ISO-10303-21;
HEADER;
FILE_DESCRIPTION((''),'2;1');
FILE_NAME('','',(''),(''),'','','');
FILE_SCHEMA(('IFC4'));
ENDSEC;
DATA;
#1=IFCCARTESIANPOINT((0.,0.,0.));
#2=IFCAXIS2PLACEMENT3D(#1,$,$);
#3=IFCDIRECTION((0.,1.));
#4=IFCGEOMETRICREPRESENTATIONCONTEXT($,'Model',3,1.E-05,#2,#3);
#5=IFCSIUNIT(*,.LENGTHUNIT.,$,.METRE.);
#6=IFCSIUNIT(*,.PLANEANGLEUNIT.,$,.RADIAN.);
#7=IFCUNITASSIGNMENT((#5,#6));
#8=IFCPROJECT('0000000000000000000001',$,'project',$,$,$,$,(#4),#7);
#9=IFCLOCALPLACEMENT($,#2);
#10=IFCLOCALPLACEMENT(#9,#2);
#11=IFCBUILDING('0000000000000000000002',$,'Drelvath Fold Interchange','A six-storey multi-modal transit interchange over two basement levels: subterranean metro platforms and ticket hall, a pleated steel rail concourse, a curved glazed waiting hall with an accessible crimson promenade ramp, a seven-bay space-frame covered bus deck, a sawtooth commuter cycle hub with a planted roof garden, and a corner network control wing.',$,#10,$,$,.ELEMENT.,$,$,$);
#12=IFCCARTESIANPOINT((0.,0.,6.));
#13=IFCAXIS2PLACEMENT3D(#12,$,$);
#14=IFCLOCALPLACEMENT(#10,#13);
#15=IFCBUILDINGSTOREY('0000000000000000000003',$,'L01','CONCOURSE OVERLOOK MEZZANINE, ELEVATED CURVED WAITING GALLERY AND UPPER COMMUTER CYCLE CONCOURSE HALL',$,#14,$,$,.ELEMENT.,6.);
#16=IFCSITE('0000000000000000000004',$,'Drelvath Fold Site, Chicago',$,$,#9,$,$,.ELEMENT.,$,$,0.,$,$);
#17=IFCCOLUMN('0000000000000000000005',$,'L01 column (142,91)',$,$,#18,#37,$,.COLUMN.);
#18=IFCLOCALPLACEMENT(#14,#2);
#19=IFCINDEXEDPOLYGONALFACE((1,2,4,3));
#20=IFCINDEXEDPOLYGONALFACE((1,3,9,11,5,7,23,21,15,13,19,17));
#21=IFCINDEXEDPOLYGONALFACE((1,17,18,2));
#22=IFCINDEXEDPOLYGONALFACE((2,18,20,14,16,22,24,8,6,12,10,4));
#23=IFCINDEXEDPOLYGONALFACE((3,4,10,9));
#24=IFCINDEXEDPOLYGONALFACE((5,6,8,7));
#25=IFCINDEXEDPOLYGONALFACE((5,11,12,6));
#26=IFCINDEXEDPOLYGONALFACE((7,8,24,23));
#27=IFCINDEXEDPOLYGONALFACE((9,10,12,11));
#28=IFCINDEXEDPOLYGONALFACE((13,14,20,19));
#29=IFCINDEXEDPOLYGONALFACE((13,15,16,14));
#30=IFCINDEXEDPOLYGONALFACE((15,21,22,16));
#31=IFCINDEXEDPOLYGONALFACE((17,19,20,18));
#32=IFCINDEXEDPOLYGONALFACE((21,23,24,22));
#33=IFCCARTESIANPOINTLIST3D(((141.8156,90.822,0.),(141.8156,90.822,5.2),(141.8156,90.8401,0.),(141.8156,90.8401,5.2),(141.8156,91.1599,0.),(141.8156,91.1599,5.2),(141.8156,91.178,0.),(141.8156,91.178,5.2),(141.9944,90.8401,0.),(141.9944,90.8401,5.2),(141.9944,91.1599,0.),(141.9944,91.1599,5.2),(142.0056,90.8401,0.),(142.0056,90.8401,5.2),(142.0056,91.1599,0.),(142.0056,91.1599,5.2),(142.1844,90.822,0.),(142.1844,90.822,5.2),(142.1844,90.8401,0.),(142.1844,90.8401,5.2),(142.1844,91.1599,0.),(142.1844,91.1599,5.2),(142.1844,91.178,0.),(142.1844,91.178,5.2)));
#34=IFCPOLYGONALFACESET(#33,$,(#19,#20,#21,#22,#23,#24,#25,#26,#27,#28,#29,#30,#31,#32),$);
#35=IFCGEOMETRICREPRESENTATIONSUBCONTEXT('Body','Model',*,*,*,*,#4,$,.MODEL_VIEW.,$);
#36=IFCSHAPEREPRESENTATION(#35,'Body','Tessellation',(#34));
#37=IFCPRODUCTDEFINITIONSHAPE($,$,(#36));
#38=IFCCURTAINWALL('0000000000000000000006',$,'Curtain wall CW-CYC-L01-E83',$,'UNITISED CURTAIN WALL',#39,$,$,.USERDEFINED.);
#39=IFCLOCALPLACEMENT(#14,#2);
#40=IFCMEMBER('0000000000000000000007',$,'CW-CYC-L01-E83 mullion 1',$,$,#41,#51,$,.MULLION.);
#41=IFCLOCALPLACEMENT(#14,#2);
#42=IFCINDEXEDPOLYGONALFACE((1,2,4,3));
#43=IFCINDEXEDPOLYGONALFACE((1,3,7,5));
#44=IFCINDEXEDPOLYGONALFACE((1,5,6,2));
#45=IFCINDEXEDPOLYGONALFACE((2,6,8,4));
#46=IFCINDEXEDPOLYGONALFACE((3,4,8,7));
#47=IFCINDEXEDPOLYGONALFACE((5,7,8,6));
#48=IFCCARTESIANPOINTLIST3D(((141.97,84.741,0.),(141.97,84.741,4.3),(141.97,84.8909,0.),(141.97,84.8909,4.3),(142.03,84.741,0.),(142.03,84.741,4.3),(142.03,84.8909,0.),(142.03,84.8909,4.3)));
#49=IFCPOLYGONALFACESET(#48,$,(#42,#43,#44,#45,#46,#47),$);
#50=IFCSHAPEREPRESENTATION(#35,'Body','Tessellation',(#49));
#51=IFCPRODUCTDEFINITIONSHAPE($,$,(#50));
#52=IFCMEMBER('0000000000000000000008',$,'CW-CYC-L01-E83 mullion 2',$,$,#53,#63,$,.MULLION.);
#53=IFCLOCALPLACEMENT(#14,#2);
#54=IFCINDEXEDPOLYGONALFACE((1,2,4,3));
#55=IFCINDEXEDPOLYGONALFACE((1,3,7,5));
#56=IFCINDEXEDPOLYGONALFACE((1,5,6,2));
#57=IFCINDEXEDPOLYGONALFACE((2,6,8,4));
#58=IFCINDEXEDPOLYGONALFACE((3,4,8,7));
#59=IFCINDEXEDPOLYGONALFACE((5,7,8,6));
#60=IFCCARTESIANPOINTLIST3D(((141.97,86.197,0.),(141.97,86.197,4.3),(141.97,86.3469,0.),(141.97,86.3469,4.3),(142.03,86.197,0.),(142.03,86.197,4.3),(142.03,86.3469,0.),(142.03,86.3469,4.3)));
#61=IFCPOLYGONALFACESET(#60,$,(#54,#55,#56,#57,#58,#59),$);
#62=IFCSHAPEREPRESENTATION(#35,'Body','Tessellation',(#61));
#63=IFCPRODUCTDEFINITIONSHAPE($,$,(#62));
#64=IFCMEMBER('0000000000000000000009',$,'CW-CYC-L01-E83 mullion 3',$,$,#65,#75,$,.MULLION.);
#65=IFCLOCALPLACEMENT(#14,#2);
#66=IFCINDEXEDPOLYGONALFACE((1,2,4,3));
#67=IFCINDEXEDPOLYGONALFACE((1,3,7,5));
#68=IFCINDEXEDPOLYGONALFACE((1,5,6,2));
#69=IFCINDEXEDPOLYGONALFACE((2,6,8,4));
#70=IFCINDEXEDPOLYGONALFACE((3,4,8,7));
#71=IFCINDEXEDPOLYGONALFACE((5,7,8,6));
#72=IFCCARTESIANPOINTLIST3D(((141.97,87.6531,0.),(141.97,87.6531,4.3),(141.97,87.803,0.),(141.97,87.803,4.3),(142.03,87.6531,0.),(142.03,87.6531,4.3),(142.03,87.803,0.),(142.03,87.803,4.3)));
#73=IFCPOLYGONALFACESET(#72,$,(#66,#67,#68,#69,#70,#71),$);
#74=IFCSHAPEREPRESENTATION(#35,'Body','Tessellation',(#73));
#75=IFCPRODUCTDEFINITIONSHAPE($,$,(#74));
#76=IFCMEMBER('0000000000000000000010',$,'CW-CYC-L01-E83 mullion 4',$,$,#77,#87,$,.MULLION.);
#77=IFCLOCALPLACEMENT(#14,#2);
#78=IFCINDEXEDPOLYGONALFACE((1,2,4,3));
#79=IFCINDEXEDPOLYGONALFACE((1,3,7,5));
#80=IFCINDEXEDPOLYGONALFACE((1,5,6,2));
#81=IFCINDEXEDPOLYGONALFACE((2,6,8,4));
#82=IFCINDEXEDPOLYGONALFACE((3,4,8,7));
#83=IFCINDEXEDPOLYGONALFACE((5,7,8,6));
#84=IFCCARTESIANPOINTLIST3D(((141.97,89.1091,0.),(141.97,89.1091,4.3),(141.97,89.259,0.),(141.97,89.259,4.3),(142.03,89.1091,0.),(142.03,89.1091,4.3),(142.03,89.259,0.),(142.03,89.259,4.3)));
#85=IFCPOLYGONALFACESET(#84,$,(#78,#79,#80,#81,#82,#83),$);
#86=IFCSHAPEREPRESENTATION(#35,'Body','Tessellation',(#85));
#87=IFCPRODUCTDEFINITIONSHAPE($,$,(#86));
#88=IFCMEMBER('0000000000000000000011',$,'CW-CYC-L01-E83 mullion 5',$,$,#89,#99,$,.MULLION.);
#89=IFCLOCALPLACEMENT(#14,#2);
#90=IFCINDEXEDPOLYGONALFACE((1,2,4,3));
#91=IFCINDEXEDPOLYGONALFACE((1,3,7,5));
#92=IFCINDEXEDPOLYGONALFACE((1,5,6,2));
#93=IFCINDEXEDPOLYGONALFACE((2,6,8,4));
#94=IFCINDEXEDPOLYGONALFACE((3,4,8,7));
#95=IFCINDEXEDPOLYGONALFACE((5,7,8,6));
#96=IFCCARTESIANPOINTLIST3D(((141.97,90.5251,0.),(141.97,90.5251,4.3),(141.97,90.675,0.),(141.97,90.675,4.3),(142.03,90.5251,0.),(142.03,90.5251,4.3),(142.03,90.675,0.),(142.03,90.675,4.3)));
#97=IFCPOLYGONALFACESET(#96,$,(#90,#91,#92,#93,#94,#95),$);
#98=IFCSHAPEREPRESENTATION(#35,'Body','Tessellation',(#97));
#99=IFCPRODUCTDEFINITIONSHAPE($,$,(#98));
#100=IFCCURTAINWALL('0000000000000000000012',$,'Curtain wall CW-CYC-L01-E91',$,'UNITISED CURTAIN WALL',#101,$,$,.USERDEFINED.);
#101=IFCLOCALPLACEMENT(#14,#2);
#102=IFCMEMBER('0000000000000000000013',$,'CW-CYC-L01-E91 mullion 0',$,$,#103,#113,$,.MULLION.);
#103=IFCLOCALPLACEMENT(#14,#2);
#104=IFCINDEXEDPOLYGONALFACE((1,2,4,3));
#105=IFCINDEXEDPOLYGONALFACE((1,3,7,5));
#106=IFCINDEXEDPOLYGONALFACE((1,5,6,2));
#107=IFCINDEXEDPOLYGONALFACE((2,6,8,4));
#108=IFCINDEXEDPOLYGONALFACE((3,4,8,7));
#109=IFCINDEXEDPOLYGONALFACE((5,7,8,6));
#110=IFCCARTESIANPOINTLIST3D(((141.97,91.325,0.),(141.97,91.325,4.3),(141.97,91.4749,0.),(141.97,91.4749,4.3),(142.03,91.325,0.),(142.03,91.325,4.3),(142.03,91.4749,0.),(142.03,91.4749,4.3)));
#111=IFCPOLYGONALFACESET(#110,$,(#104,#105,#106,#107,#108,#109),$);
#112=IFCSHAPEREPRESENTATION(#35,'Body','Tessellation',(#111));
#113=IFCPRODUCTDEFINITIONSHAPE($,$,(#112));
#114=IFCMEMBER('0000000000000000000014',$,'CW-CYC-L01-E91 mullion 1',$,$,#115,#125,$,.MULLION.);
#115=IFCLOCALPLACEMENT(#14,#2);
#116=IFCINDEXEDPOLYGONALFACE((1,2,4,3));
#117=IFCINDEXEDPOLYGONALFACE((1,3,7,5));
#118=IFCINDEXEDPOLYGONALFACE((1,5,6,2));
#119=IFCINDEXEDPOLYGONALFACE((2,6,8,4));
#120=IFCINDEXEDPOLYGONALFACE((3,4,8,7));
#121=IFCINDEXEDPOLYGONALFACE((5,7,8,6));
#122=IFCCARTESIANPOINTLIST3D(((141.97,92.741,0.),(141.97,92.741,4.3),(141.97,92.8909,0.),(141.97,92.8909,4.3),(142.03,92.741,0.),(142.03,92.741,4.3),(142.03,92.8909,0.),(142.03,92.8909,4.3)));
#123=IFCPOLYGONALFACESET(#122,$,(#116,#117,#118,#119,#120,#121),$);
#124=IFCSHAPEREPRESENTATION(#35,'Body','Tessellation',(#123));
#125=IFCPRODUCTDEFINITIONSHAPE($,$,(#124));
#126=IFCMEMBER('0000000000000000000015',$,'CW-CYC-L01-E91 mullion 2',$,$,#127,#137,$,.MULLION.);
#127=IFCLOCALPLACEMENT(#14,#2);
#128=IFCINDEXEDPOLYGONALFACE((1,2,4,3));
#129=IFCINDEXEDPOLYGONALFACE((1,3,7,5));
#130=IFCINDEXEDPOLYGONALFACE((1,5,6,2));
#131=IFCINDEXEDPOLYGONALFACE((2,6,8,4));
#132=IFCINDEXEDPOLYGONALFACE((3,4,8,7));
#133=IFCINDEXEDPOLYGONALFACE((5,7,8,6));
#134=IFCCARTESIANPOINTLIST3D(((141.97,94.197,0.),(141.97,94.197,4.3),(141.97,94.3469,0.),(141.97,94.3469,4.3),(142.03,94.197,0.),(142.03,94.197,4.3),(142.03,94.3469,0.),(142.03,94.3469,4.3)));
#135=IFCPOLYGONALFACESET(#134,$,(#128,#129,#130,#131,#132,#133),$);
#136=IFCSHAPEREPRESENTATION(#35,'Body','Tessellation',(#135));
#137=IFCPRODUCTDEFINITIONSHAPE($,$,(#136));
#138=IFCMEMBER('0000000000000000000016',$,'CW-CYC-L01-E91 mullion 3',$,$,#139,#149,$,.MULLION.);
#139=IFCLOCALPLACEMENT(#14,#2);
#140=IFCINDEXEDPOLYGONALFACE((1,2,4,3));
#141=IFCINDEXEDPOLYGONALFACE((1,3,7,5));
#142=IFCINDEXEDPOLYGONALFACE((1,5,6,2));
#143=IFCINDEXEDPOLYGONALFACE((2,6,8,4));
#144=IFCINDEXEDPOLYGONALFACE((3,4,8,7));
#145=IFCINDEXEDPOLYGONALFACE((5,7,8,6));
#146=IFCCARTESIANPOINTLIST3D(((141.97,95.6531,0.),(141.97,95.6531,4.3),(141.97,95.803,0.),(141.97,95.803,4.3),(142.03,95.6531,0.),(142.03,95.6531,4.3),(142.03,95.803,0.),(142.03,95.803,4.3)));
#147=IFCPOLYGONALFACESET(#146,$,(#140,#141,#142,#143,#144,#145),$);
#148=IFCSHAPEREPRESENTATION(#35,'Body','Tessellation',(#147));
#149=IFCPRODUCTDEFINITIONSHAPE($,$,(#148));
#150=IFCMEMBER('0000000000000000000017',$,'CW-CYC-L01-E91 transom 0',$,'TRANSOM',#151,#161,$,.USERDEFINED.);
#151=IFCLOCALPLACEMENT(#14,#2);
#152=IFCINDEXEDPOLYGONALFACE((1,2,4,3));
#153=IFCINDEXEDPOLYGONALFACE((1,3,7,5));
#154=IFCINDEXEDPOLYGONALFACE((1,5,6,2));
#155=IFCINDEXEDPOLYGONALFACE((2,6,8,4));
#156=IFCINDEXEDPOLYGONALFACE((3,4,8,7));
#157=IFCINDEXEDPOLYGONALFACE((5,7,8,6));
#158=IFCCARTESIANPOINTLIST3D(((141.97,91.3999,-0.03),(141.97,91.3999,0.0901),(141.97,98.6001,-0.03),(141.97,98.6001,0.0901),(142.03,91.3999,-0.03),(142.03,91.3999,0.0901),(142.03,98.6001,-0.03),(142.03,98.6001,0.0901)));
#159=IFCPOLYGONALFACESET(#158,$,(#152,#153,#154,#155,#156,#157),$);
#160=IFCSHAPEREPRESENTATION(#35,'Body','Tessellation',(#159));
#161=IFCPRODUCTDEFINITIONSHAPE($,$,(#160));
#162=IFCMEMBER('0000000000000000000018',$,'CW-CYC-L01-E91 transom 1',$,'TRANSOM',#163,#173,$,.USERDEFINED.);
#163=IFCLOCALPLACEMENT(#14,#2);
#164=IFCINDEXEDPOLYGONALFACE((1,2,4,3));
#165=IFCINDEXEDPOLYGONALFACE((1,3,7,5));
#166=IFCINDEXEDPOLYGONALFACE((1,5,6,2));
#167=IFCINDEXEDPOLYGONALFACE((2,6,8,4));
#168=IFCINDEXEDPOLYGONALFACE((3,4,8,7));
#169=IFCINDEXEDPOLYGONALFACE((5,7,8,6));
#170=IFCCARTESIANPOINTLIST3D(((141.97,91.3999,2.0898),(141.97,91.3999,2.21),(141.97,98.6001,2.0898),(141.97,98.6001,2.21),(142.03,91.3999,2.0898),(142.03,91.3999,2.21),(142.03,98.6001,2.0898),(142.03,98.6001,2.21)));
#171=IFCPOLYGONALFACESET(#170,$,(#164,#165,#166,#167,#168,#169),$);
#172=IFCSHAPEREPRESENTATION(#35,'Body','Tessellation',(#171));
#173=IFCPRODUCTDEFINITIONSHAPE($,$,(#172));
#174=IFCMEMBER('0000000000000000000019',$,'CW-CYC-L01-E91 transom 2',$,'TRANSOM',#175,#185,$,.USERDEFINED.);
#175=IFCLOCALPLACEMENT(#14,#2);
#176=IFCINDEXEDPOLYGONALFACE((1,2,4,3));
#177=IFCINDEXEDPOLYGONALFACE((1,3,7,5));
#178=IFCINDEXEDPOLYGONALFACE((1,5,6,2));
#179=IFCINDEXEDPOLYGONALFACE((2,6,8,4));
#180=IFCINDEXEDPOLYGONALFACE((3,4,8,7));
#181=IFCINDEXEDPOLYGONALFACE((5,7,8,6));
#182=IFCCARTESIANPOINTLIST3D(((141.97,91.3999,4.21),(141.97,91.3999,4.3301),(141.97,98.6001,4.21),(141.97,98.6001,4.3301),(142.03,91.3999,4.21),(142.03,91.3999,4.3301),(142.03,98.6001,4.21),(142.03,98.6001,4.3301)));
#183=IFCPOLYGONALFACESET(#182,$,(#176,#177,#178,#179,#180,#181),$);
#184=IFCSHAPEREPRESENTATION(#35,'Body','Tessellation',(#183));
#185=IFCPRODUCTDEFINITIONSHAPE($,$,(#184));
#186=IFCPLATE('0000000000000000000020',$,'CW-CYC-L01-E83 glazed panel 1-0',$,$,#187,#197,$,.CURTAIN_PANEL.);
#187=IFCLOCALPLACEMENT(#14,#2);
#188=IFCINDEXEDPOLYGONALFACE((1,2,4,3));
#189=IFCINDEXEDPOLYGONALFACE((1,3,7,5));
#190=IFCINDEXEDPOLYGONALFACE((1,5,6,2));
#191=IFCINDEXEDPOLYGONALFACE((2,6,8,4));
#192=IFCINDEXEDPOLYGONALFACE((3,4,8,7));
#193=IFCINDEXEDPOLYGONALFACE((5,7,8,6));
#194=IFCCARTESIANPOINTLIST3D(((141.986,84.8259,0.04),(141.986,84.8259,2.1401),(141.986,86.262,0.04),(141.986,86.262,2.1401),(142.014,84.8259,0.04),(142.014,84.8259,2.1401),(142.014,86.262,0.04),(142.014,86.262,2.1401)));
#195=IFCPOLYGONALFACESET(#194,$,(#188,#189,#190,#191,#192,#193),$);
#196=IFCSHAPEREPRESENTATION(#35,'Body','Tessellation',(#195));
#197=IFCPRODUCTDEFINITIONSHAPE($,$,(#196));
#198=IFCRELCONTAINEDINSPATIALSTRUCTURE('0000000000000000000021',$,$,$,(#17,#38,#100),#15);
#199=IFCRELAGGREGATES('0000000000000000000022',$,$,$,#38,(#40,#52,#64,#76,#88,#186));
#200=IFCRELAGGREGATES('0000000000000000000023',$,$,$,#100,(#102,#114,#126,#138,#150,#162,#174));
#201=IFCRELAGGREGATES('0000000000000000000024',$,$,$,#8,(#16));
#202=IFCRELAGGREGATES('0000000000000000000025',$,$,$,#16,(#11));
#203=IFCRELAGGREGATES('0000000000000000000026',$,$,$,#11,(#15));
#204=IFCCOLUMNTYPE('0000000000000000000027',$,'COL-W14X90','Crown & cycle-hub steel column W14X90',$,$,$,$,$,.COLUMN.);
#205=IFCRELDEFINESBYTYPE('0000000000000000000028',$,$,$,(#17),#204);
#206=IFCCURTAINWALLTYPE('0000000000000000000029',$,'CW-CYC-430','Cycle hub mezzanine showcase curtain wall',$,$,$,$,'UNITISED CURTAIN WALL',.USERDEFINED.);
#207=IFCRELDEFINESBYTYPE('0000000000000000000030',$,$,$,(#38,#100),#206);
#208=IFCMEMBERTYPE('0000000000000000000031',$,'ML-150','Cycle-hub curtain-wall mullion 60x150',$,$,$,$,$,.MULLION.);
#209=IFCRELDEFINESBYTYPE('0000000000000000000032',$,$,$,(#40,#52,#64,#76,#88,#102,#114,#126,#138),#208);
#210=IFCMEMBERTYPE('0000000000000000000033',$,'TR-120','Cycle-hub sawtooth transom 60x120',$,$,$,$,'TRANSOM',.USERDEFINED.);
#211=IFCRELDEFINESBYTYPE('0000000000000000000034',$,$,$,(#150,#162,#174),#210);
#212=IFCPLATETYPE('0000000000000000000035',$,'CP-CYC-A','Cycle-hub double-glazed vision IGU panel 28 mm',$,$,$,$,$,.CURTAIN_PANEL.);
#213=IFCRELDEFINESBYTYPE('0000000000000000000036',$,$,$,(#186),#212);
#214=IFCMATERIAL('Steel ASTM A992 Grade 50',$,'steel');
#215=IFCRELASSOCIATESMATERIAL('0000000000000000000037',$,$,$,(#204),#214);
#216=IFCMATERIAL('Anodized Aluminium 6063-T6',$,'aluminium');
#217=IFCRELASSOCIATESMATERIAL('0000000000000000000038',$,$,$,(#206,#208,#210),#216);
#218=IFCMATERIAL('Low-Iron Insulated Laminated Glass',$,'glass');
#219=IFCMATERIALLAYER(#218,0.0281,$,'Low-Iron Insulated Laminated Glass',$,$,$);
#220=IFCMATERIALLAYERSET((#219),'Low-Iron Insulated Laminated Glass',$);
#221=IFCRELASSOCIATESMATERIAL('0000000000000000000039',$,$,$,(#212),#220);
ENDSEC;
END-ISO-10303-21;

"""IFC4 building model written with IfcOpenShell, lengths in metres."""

from ifc_helpers import new_model, si_unit, direction, frame, origin, origin_2d, place, context, subcontext, project, spatial, rectangle, i_section, extrude, material, layer, layer_set, material_profile, profile_set, type_object, element, aggregate, save


model = new_model("IFC4")

# Units and contexts
model_context = context("Model", 3, precision=1e-05, world=origin(), true_north=direction((0.0, 1.0)))
body_context = subcontext(model_context, "Body", "Model", "MODEL_VIEW")
ifc_project = project(units=[si_unit("LENGTHUNIT", "METRE"), si_unit("PLANEANGLEUNIT", "RADIAN")], contexts=[model_context])

# Site, building, storey
site_placement = place(None, origin())
site = spatial("IfcSite", under=ifc_project, at=site_placement, Name="Drelvath Fold Site, Chicago", CompositionType="ELEMENT", RefElevation=0.0)
building_placement = place(site_placement, origin())
building = spatial("IfcBuilding", under=site, at=building_placement, Name="Drelvath Fold Interchange", Description="A six-storey multi-modal transit interchange over two basement levels: subterranean metro platforms and ticket hall, a pleated steel rail concourse, a curved glazed waiting hall with an accessible crimson promenade ramp, a seven-bay space-frame covered bus deck, a sawtooth commuter cycle hub with a planted roof garden, and a corner network control wing.", CompositionType="ELEMENT")
storey_placement = place(building_placement, frame((0.0, 0.0, 6.0)))
storey = spatial("IfcBuildingStorey", under=building, at=storey_placement, Name="L01", Description="CONCOURSE OVERLOOK MEZZANINE, ELEVATED CURVED WAITING GALLERY AND UPPER COMMUTER CYCLE CONCOURSE HALL", CompositionType="ELEMENT", Elevation=6.0)

# Column
ifc_material_1 = material(Name="Steel ASTM A992 Grade 50", Category="steel")
ifc_material_profile_1 = material_profile(ifc_material_1, i_section(OverallWidth=0.3689, OverallDepth=0.356, WebThickness=0.0112, FlangeThickness=0.0181, at=origin_2d()), Name="W14X90")
ifc_profile_set_1 = profile_set([ifc_material_profile_1], Name="Steel ASTM A992 Grade 50")
column_type = type_object("IfcColumnType", Name="COL-W14X90", Description="Crown & cycle-hub steel column W14X90", PredefinedType="COLUMN", material=ifc_profile_set_1)
column_placement = place(storey_placement, frame((142.0, 91.0, 0.0), z_axis=(0.0, 0.0, 1.0), x_axis=(1.0, 0.0, 0.0)))
element("IfcColumn", 1, at=column_placement, inside=storey, type_object=column_type, Name="L01 column (142,91)", PredefinedType="COLUMN", context=body_context, shape_type="SweptSolid", body=[
    extrude(i_section(OverallWidth=0.3689, OverallDepth=0.356, WebThickness=0.0112, FlangeThickness=0.0181, at=origin_2d()), origin(), (0.0, 0.0, 1.0), 5.2),
])

# Curtain walls, members
ifc_material_2 = material(Name="Anodized Aluminium 6063-T6", Category="aluminium")
curtain_wall_type = type_object("IfcCurtainWallType", Name="CW-CYC-430", Description="Cycle hub mezzanine showcase curtain wall", ElementType="UNITISED CURTAIN WALL", PredefinedType="USERDEFINED", material=ifc_material_2)
curtain_wall_1_placement = place(storey_placement, origin())
curtain_wall_1 = element("IfcCurtainWall", 2, at=curtain_wall_1_placement, inside=storey, type_object=curtain_wall_type, Name="Curtain wall CW-CYC-L01-E83", ObjectType="UNITISED CURTAIN WALL", PredefinedType="USERDEFINED")
ifc_material_profile_2 = material_profile(ifc_material_2, rectangle(XDim=0.0601, YDim=0.1499, at=origin_2d()), Name="AL-M 60x150")
ifc_profile_set_2 = profile_set([ifc_material_profile_2], Name="Anodized Aluminium 6063-T6")
member_type_1 = type_object("IfcMemberType", Name="ML-150", Description="Cycle-hub curtain-wall mullion 60x150", PredefinedType="MULLION", material=ifc_profile_set_2)
member_1_placement = place(storey_placement, frame((142.0, 84.8159, 0.0), z_axis=(0.0, 0.0, 1.0), x_axis=(1.0, 0.0, 0.0)))
member_1 = element("IfcMember", 3, at=member_1_placement, type_object=member_type_1, Name="CW-CYC-L01-E83 mullion 1", PredefinedType="MULLION", context=body_context, shape_type="SweptSolid", body=[
    extrude(rectangle(XDim=0.0601, YDim=0.1499, at=origin_2d()), origin(), (0.0, 0.0, 1.0), 4.3),
])
member_2_placement = place(storey_placement, frame((142.0, 86.272, 0.0), z_axis=(0.0, 0.0, 1.0), x_axis=(1.0, 0.0, 0.0)))
member_2 = element("IfcMember", 4, at=member_2_placement, type_object=member_type_1, Name="CW-CYC-L01-E83 mullion 2", PredefinedType="MULLION", context=body_context, shape_type="SweptSolid", body=[
    extrude(rectangle(XDim=0.0601, YDim=0.1499, at=origin_2d()), origin(), (0.0, 0.0, 1.0), 4.3),
])
member_3_placement = place(storey_placement, frame((142.0, 87.728, 0.0), z_axis=(0.0, 0.0, 1.0), x_axis=(1.0, 0.0, 0.0)))
member_3 = element("IfcMember", 5, at=member_3_placement, type_object=member_type_1, Name="CW-CYC-L01-E83 mullion 3", PredefinedType="MULLION", context=body_context, shape_type="SweptSolid", body=[
    extrude(rectangle(XDim=0.0601, YDim=0.1499, at=origin_2d()), origin(), (0.0, 0.0, 1.0), 4.3),
])
member_4_placement = place(storey_placement, frame((142.0, 89.1841, 0.0), z_axis=(0.0, 0.0, 1.0), x_axis=(1.0, 0.0, 0.0)))
member_4 = element("IfcMember", 6, at=member_4_placement, type_object=member_type_1, Name="CW-CYC-L01-E83 mullion 4", PredefinedType="MULLION", context=body_context, shape_type="SweptSolid", body=[
    extrude(rectangle(XDim=0.0601, YDim=0.1499, at=origin_2d()), origin(), (0.0, 0.0, 1.0), 4.3),
])
member_5_placement = place(storey_placement, frame((142.0, 90.6001, 0.0), z_axis=(0.0, 0.0, 1.0), x_axis=(1.0, 0.0, 0.0)))
member_5 = element("IfcMember", 7, at=member_5_placement, type_object=member_type_1, Name="CW-CYC-L01-E83 mullion 5", PredefinedType="MULLION", context=body_context, shape_type="SweptSolid", body=[
    extrude(rectangle(XDim=0.0601, YDim=0.1499, at=origin_2d()), origin(), (0.0, 0.0, 1.0), 4.3),
])
curtain_wall_2_placement = place(storey_placement, origin())
curtain_wall_2 = element("IfcCurtainWall", 8, at=curtain_wall_2_placement, inside=storey, type_object=curtain_wall_type, Name="Curtain wall CW-CYC-L01-E91", ObjectType="UNITISED CURTAIN WALL", PredefinedType="USERDEFINED")
member_6_placement = place(storey_placement, frame((142.0, 91.3999, 0.0), z_axis=(0.0, 0.0, 1.0), x_axis=(1.0, 0.0, 0.0)))
member_6 = element("IfcMember", 9, at=member_6_placement, type_object=member_type_1, Name="CW-CYC-L01-E91 mullion 0", PredefinedType="MULLION", context=body_context, shape_type="SweptSolid", body=[
    extrude(rectangle(XDim=0.0601, YDim=0.1499, at=origin_2d()), origin(), (0.0, 0.0, 1.0), 4.3),
])
member_7_placement = place(storey_placement, frame((142.0, 92.8159, 0.0), z_axis=(0.0, 0.0, 1.0), x_axis=(1.0, 0.0, 0.0)))
member_7 = element("IfcMember", 10, at=member_7_placement, type_object=member_type_1, Name="CW-CYC-L01-E91 mullion 1", PredefinedType="MULLION", context=body_context, shape_type="SweptSolid", body=[
    extrude(rectangle(XDim=0.0601, YDim=0.1499, at=origin_2d()), origin(), (0.0, 0.0, 1.0), 4.3),
])
member_8_placement = place(storey_placement, frame((142.0, 94.272, 0.0), z_axis=(0.0, 0.0, 1.0), x_axis=(1.0, 0.0, 0.0)))
member_8 = element("IfcMember", 11, at=member_8_placement, type_object=member_type_1, Name="CW-CYC-L01-E91 mullion 2", PredefinedType="MULLION", context=body_context, shape_type="SweptSolid", body=[
    extrude(rectangle(XDim=0.0601, YDim=0.1499, at=origin_2d()), origin(), (0.0, 0.0, 1.0), 4.3),
])
member_9_placement = place(storey_placement, frame((142.0, 95.728, 0.0), z_axis=(0.0, 0.0, 1.0), x_axis=(1.0, 0.0, 0.0)))
member_9 = element("IfcMember", 12, at=member_9_placement, type_object=member_type_1, Name="CW-CYC-L01-E91 mullion 3", PredefinedType="MULLION", context=body_context, shape_type="SweptSolid", body=[
    extrude(rectangle(XDim=0.0601, YDim=0.1499, at=origin_2d()), origin(), (0.0, 0.0, 1.0), 4.3),
])
ifc_material_profile_3 = material_profile(ifc_material_2, rectangle(XDim=0.0601, YDim=0.1201, at=origin_2d()), Name="AL-T 60x120")
ifc_profile_set_3 = profile_set([ifc_material_profile_3], Name="Anodized Aluminium 6063-T6")
member_type_2 = type_object("IfcMemberType", Name="TR-120", Description="Cycle-hub sawtooth transom 60x120", ElementType="TRANSOM", PredefinedType="USERDEFINED", material=ifc_profile_set_3)
member_10_placement = place(storey_placement, frame((142.0, 91.3999, 0.03), z_axis=(0.0, 1.0, 0.0), x_axis=(-1.0, 0.0, 0.0)))
member_10 = element("IfcMember", 13, at=member_10_placement, type_object=member_type_2, Name="CW-CYC-L01-E91 transom 0", ObjectType="TRANSOM", PredefinedType="USERDEFINED", context=body_context, shape_type="SweptSolid", body=[
    extrude(rectangle(XDim=0.0601, YDim=0.1201, at=origin_2d()), origin(), (0.0, 0.0, 1.0), 7.2002),
])
member_11_placement = place(storey_placement, frame((142.0, 91.3999, 2.1499), z_axis=(0.0, 1.0, 0.0), x_axis=(-1.0, 0.0, 0.0)))
member_11 = element("IfcMember", 14, at=member_11_placement, type_object=member_type_2, Name="CW-CYC-L01-E91 transom 1", ObjectType="TRANSOM", PredefinedType="USERDEFINED", context=body_context, shape_type="SweptSolid", body=[
    extrude(rectangle(XDim=0.0601, YDim=0.1201, at=origin_2d()), origin(), (0.0, 0.0, 1.0), 7.2002),
])
member_12_placement = place(storey_placement, frame((142.0, 91.3999, 4.27), z_axis=(0.0, 1.0, 0.0), x_axis=(-1.0, 0.0, 0.0)))
member_12 = element("IfcMember", 15, at=member_12_placement, type_object=member_type_2, Name="CW-CYC-L01-E91 transom 2", ObjectType="TRANSOM", PredefinedType="USERDEFINED", context=body_context, shape_type="SweptSolid", body=[
    extrude(rectangle(XDim=0.0601, YDim=0.1201, at=origin_2d()), origin(), (0.0, 0.0, 1.0), 7.2002),
])

# Plate
ifc_material_3 = material(Name="Low-Iron Insulated Laminated Glass", Category="glass")
ifc_layer = layer(ifc_material_3, 0.0281, Name="Low-Iron Insulated Laminated Glass")
ifc_layer_set = layer_set([ifc_layer], Name="Low-Iron Insulated Laminated Glass")
plate_type = type_object("IfcPlateType", Name="CP-CYC-A", Description="Cycle-hub double-glazed vision IGU panel 28 mm", PredefinedType="CURTAIN_PANEL", material=ifc_layer_set)
plate_1_placement = place(storey_placement, frame((142.0, 85.5439, 0.04), z_axis=(0.0, 0.0, 1.0), x_axis=(0.0, 1.0, 0.0)))
plate_1 = element("IfcPlate", 16, at=plate_1_placement, type_object=plate_type, Name="CW-CYC-L01-E83 glazed panel 1-0", PredefinedType="CURTAIN_PANEL", context=body_context, shape_type="SweptSolid", body=[
    extrude(rectangle(XDim=1.436, YDim=0.0281, at=origin_2d()), origin(), (0.0, 0.0, 1.0), 2.1001),
])
aggregate(curtain_wall_1, [member_1, member_2, member_3, member_4, member_5, plate_1])
aggregate(curtain_wall_2, [member_6, member_7, member_8, member_9, member_10, member_11, member_12])

save(model, "model.ifc")
